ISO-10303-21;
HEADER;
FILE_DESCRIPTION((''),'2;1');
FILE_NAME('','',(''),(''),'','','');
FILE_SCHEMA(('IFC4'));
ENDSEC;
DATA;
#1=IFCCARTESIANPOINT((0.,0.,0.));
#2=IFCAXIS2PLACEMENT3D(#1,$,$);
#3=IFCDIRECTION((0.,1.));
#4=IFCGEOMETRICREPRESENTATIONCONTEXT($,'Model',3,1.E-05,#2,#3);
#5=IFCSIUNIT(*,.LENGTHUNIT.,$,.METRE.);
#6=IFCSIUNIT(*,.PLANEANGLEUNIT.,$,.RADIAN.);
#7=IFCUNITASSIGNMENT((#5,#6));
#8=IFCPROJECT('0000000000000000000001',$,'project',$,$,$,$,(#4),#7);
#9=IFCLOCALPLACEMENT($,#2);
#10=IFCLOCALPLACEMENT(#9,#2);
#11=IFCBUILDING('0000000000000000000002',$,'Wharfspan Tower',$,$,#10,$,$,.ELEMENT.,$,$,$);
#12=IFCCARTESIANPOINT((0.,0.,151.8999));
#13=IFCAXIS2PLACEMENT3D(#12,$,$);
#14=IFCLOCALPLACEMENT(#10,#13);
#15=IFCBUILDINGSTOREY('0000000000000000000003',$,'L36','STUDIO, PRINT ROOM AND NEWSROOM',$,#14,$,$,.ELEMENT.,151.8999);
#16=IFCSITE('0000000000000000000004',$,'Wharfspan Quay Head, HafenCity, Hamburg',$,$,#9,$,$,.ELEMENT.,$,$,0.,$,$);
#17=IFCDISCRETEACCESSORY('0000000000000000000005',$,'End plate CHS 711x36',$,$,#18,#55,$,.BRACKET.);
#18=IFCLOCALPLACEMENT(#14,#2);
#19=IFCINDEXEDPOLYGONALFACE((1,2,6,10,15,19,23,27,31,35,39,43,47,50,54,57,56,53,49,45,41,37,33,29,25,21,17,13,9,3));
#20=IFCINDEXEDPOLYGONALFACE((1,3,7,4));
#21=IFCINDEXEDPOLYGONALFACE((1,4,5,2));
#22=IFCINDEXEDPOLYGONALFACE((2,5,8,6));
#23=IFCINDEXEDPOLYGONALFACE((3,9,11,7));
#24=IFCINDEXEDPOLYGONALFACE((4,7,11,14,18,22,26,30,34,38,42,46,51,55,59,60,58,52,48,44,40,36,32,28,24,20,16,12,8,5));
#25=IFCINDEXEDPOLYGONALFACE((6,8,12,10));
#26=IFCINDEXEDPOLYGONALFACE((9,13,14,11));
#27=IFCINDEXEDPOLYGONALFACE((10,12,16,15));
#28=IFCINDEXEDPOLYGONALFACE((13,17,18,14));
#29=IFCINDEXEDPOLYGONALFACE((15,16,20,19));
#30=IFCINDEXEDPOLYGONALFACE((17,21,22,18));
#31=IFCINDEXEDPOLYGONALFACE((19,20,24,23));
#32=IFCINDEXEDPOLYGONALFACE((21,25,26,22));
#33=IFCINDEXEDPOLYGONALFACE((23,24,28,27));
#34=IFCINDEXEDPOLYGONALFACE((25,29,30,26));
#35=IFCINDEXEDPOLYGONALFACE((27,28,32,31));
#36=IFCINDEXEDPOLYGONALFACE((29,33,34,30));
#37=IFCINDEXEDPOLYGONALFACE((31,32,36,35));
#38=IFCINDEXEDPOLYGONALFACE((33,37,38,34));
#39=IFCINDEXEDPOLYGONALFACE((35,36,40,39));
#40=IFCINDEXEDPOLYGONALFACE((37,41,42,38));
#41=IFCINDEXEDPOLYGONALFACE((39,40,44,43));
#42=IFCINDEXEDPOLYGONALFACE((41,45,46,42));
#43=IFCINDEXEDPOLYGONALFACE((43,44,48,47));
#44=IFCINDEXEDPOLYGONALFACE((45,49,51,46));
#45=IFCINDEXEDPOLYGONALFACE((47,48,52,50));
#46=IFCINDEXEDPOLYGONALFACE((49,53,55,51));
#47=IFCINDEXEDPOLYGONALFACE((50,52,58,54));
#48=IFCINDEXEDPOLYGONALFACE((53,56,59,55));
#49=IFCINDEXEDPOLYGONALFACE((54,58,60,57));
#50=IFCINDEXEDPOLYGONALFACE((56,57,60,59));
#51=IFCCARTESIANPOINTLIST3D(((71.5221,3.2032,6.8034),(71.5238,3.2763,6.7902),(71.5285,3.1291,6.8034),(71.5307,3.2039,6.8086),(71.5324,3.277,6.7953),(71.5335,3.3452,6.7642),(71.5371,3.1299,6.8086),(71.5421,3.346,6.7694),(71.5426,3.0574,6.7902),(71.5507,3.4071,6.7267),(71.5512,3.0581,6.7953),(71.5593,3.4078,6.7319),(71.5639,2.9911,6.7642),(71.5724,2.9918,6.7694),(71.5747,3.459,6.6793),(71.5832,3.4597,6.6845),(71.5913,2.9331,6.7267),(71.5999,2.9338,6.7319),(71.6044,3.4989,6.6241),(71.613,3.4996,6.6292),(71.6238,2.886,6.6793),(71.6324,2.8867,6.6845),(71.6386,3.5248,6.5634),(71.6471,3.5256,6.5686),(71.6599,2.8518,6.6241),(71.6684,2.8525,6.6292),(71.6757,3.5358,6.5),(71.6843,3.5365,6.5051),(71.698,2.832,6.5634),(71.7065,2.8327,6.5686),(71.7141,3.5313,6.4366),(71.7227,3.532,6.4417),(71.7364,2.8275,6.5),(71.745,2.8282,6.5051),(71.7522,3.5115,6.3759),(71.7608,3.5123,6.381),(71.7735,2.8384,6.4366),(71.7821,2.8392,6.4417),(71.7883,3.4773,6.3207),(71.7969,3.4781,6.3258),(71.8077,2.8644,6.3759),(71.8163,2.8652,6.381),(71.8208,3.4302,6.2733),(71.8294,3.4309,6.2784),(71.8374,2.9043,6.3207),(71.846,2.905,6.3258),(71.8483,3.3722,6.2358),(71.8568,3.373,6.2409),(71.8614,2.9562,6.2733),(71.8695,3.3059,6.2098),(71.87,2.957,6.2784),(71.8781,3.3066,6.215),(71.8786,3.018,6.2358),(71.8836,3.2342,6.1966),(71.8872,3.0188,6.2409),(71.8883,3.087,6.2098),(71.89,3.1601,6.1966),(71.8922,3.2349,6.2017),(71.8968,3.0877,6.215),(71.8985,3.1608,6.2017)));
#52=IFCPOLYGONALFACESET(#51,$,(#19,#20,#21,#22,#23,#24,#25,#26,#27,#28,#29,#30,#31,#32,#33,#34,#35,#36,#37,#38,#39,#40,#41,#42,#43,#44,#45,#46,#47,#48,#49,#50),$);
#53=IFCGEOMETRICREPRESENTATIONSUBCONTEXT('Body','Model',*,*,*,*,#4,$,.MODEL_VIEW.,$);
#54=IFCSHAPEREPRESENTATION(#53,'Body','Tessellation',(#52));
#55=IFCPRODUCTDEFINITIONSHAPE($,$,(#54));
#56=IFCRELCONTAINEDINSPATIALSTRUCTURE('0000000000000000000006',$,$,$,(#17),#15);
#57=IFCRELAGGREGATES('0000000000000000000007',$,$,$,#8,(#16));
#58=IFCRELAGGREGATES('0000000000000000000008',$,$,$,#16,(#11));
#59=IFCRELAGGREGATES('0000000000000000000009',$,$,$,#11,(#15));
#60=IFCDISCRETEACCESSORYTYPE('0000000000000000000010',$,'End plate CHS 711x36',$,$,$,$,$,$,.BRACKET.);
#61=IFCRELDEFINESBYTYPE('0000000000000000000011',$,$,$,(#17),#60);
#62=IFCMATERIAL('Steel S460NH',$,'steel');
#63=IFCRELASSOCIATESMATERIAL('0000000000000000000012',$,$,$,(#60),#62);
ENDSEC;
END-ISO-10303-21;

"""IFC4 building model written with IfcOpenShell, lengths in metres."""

from ifc_helpers import new_model, si_unit, direction, frame, origin, origin_2d, place, context, subcontext, project, spatial, circle, extrude, material, material_profile, profile_set, type_object, element, save


model = new_model("IFC4")

# Units and contexts
model_context = context("Model", 3, precision=1e-05, world=origin(), true_north=direction((0.0, 1.0)))
body_context = subcontext(model_context, "Body", "Model", "MODEL_VIEW")
ifc_project = project(units=[si_unit("LENGTHUNIT", "METRE"), si_unit("PLANEANGLEUNIT", "RADIAN")], contexts=[model_context])

# Site, building, storey
site_placement = place(None, origin())
site = spatial("IfcSite", under=ifc_project, at=site_placement, Name="Wharfspan Quay Head, HafenCity, Hamburg", CompositionType="ELEMENT", RefElevation=0.0)
building_placement = place(site_placement, origin())
building = spatial("IfcBuilding", under=site, at=building_placement, Name="Wharfspan Tower", CompositionType="ELEMENT")
storey_placement = place(building_placement, frame((0.0, 0.0, 151.8999)))
storey = spatial("IfcBuildingStorey", under=building, at=storey_placement, Name="L36", Description="STUDIO, PRINT ROOM AND NEWSROOM", CompositionType="ELEMENT", Elevation=151.8999)

# Shared definitions
ifc_material_1 = material(Name="Steel S460NH", Category="steel")

# Discrete accessory
ifc_material_profile_1 = material_profile(ifc_material_1, circle(Radius=0.3555, at=origin_2d()))
ifc_profile_set_1 = profile_set([ifc_material_profile_1], Name="Steel S460NH")
discrete_accessory_type = type_object("IfcDiscreteAccessoryType", Name="End plate CHS 711x36", PredefinedType="BRACKET", material=ifc_profile_set_1)
discrete_accessory_1_placement = place(storey_placement, frame((71.7061, 3.1816, 6.5), z_axis=(0.855186, 0.073302, 0.513112), x_axis=(-0.085402, 0.996345, 0.000001)))
element("IfcDiscreteAccessory", 1, at=discrete_accessory_1_placement, inside=storey, type_object=discrete_accessory_type, Name="End plate CHS 711x36", PredefinedType="BRACKET", context=body_context, shape_type="SweptSolid", body=[
    extrude(circle(Radius=0.3555, at=origin_2d()), origin(), (0.0, 0.0, 1.0), 0.01),
])

save(model, "model.ifc")
